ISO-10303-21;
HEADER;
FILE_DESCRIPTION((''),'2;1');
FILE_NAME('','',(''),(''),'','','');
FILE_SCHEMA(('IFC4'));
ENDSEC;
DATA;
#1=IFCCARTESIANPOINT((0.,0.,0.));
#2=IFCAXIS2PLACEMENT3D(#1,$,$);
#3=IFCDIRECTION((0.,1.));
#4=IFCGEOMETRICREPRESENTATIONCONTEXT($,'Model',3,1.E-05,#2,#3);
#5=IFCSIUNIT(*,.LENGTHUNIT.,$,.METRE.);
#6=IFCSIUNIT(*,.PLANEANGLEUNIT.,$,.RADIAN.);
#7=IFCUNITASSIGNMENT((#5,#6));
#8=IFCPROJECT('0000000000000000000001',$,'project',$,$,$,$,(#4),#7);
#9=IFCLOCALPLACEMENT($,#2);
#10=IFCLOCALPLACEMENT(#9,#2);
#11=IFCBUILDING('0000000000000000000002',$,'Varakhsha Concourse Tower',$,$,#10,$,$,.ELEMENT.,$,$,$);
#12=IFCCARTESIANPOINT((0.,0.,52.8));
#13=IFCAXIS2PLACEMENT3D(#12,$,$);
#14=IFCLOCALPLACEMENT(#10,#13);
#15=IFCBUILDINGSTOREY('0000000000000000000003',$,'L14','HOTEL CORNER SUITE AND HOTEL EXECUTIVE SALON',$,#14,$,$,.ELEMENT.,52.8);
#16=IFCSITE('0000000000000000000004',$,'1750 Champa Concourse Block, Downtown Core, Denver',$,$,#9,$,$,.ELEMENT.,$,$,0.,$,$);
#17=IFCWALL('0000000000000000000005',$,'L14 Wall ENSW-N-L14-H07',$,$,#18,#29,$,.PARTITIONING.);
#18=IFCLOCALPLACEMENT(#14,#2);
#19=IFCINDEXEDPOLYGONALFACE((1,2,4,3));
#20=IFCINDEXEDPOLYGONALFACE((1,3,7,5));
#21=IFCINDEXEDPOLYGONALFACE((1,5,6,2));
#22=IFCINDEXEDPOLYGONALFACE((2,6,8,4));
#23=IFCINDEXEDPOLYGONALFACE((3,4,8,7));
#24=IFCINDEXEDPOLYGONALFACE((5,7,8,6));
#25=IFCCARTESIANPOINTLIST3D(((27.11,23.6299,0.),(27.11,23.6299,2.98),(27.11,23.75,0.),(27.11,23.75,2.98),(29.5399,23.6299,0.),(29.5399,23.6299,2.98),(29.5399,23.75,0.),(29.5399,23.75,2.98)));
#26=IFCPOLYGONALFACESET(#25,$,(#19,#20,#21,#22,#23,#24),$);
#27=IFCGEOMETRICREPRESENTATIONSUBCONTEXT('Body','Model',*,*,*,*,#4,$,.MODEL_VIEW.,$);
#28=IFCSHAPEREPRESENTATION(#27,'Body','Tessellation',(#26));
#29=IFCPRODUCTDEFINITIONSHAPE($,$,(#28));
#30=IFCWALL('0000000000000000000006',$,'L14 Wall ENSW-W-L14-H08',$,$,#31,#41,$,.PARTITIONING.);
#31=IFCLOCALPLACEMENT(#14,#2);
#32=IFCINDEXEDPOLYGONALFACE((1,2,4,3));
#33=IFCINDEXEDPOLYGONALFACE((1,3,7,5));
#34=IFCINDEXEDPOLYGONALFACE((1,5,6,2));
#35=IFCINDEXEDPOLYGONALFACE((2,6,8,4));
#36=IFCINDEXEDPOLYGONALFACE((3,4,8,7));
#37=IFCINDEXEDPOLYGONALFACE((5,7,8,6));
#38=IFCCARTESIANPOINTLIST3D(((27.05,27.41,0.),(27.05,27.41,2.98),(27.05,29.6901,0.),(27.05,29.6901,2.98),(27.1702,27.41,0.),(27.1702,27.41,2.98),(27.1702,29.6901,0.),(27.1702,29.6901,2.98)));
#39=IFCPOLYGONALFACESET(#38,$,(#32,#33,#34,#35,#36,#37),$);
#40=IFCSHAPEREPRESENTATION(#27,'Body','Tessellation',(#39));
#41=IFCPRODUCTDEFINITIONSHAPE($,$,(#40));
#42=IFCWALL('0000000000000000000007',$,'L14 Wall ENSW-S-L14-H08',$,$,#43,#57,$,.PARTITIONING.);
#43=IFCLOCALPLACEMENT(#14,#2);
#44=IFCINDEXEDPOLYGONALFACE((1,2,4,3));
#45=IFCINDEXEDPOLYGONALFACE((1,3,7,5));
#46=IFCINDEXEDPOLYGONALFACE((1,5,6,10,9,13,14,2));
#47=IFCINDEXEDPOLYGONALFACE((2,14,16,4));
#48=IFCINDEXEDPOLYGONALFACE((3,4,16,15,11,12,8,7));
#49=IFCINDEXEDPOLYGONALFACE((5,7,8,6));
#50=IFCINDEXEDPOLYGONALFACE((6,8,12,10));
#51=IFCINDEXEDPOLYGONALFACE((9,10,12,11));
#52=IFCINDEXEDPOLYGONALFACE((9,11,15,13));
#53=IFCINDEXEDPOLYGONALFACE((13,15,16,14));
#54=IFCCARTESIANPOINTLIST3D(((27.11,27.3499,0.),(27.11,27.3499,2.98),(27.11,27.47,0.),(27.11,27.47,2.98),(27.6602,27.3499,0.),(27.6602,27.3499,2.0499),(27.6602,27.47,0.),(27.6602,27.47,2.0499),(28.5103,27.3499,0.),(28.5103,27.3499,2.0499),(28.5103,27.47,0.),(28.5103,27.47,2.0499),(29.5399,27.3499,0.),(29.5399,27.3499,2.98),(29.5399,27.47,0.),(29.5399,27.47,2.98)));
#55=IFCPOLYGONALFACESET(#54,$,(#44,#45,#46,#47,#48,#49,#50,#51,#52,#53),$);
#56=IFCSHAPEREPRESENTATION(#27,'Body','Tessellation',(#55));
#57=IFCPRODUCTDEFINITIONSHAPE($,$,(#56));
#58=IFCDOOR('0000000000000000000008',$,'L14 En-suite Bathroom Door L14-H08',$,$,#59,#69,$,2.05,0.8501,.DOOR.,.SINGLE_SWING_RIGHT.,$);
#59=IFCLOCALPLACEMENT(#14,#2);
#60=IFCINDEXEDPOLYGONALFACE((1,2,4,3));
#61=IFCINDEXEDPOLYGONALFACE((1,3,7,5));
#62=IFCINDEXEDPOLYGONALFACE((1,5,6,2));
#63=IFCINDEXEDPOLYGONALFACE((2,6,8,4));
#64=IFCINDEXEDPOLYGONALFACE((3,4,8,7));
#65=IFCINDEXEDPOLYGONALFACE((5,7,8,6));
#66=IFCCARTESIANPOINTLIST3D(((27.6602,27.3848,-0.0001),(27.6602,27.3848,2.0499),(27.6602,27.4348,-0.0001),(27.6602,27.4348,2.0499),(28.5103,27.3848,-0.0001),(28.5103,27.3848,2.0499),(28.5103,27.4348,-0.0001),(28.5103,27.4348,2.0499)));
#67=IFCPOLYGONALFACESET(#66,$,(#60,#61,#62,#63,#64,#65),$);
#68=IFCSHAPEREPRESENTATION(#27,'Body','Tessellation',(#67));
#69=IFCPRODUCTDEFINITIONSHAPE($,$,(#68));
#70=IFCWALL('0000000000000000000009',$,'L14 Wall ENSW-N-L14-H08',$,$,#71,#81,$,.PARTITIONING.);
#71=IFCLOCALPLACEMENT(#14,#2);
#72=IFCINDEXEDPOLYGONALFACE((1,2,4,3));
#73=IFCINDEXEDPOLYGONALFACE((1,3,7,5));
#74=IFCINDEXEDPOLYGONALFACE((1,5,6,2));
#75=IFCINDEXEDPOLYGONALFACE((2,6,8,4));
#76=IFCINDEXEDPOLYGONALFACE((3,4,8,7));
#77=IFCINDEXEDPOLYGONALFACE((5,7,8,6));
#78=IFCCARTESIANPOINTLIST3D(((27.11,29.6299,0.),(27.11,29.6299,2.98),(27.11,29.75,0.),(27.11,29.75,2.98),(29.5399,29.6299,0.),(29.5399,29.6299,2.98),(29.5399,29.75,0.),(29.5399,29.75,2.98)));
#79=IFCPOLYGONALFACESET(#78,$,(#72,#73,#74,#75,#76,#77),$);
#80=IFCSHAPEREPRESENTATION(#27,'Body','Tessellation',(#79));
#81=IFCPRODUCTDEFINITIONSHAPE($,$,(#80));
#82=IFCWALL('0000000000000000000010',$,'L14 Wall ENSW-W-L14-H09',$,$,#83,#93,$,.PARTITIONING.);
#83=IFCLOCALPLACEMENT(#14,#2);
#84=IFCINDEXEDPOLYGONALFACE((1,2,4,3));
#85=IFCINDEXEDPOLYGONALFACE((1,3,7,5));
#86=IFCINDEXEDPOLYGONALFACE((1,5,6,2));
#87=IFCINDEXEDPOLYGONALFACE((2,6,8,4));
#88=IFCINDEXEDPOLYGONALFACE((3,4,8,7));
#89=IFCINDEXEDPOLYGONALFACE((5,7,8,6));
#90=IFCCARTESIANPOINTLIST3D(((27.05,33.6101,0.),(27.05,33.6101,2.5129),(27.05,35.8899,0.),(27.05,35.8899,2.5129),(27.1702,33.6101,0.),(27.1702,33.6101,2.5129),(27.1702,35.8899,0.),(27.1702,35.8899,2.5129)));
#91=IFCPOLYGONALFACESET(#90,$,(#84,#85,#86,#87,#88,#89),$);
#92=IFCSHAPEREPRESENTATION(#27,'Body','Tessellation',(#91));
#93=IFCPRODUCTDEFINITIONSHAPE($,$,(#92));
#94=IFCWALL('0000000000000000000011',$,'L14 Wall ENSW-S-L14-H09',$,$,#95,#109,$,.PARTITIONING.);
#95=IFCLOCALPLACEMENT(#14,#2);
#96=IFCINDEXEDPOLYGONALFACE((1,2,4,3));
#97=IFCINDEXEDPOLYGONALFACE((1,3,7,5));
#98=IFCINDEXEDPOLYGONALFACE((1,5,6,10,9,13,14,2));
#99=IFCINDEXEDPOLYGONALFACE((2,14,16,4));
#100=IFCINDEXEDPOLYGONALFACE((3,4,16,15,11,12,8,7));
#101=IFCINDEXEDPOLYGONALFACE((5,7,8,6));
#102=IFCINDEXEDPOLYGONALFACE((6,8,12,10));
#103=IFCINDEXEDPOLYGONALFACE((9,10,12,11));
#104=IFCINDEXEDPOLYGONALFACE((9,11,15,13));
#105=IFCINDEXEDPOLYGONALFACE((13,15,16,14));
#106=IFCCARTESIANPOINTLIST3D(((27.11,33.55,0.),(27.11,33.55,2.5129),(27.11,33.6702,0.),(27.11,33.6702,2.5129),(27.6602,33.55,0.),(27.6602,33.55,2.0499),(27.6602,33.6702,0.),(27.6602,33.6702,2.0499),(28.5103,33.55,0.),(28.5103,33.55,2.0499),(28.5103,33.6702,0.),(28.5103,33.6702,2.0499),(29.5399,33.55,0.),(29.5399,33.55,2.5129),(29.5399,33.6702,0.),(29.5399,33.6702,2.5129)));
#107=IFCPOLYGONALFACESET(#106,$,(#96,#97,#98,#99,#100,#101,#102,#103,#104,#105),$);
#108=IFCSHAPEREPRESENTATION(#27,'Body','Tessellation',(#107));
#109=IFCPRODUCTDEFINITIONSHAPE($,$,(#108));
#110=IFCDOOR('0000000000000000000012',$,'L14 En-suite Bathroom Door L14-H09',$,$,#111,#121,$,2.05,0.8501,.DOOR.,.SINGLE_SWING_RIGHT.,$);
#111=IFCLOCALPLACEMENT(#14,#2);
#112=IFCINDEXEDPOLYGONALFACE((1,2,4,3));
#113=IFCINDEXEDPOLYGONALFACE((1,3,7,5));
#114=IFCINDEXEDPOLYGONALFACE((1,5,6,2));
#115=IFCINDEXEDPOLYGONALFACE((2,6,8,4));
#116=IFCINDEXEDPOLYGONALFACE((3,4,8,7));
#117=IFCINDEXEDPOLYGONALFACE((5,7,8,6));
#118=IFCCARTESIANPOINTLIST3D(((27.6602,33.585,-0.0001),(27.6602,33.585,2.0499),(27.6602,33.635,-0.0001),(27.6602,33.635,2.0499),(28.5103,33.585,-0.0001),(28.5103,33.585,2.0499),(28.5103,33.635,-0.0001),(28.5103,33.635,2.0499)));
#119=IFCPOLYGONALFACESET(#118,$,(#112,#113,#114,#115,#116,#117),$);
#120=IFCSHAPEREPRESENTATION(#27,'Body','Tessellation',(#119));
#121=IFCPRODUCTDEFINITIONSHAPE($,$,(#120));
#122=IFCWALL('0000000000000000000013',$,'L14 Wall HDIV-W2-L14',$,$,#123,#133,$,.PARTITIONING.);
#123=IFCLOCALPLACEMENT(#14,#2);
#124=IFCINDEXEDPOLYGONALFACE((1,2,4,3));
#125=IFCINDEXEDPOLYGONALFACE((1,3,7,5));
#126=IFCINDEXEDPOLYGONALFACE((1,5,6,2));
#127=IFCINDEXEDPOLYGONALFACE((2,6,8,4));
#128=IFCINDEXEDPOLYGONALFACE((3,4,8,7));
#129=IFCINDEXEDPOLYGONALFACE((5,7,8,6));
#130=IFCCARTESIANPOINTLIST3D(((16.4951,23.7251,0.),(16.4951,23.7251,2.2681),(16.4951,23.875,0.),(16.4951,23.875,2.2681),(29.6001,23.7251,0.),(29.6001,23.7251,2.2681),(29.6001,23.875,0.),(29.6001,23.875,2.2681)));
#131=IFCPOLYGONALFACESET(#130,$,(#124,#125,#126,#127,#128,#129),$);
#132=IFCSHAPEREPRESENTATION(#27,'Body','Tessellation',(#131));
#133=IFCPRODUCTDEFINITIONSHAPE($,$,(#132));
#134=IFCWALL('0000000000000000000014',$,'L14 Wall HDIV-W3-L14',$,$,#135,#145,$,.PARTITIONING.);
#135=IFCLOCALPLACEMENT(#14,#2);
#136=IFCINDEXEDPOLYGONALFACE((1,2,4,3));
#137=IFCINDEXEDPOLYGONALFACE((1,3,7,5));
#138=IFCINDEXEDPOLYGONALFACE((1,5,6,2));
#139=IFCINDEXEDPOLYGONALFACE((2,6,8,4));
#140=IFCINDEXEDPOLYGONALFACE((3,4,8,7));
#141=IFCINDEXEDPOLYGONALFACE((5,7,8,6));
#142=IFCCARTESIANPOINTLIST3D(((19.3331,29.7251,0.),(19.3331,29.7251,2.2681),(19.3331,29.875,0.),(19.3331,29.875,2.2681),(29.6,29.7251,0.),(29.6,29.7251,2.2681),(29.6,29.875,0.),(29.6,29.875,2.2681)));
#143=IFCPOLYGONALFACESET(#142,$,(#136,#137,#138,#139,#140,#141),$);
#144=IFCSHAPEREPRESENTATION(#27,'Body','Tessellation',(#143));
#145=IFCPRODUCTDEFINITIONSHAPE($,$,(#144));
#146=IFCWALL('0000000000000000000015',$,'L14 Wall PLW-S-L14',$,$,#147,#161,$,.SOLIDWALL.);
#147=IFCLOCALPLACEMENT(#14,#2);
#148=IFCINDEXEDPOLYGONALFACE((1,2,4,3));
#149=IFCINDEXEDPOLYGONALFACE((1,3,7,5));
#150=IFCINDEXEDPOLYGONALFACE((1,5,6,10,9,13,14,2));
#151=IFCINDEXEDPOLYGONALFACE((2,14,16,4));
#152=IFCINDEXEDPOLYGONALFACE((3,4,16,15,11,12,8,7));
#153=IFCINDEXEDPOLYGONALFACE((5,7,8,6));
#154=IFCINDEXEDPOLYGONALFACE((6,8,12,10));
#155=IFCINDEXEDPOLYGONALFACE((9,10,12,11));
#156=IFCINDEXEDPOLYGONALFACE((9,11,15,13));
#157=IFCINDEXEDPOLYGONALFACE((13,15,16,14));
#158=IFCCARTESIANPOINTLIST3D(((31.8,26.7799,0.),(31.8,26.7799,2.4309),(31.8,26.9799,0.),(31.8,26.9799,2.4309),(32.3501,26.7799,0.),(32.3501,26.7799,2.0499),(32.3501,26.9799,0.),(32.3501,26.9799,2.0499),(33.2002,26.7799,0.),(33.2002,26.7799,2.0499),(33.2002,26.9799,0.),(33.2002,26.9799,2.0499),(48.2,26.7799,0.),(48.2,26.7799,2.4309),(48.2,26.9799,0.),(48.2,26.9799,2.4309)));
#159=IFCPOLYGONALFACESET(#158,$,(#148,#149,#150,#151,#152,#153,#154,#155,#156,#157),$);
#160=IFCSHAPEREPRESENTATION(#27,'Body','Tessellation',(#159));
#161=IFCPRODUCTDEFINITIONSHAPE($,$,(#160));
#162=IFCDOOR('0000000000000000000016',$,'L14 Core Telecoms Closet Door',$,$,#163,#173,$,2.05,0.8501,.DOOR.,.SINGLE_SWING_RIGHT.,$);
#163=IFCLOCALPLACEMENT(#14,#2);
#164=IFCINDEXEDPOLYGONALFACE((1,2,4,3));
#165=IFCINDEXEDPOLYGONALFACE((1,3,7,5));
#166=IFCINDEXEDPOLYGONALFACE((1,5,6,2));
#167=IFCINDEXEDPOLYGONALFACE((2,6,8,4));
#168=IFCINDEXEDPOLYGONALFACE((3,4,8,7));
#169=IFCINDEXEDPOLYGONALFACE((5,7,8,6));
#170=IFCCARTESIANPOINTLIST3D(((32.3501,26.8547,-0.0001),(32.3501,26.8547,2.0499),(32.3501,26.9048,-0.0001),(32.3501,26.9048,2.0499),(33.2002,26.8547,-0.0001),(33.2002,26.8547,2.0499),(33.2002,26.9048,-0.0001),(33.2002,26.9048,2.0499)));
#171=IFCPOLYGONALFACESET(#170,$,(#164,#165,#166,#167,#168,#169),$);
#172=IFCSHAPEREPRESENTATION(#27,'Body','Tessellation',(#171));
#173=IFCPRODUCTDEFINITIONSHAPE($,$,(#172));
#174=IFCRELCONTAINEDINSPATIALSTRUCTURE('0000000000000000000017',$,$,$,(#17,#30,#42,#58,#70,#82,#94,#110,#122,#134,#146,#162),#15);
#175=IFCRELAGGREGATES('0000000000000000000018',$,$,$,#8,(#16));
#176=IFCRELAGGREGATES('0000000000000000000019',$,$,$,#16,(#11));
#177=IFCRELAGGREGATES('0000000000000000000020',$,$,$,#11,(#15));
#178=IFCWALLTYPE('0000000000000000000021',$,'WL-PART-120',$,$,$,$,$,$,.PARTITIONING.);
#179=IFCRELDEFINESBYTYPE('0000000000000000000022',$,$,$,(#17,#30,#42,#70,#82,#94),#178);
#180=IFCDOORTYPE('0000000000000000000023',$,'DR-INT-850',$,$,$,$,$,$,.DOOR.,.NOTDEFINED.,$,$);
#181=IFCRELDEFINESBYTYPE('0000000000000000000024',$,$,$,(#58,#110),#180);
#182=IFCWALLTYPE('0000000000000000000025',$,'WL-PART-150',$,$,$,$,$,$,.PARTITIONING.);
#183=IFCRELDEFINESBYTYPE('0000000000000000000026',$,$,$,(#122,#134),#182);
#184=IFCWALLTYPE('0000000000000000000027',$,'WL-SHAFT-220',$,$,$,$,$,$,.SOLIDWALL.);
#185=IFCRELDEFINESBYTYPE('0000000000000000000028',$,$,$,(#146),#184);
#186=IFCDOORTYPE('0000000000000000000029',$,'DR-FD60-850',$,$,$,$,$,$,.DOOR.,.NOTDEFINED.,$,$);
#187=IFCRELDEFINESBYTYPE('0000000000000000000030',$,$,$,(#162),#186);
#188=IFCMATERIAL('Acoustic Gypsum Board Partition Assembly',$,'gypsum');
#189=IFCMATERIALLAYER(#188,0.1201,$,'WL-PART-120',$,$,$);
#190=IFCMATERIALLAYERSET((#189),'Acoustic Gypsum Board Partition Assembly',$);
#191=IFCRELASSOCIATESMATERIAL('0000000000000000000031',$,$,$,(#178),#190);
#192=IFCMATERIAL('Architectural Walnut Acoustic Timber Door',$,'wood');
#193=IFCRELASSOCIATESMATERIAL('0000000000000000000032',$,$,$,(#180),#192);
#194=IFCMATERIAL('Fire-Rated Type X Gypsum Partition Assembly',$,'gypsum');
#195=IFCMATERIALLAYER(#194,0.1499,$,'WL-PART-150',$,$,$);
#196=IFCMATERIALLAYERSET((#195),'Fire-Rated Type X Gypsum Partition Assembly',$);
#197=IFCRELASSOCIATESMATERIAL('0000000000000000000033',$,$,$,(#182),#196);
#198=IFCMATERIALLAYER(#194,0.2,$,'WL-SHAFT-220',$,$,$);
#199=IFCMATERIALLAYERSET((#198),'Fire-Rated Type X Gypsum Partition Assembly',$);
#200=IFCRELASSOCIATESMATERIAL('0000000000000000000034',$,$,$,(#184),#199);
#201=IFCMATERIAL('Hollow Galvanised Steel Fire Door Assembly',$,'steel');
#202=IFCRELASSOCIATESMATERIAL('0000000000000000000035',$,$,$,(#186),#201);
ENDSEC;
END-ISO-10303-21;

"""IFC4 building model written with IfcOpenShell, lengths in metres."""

from ifc_helpers import new_model, si_unit, direction, frame, frame_2d, origin, place, context, subcontext, project, spatial, rectangle, extrude, material, layer, layer_set, type_object, element, fill, save


model = new_model("IFC4")

# Units and contexts
model_context = context("Model", 3, precision=1e-05, world=origin(), true_north=direction((0.0, 1.0)))
body_context = subcontext(model_context, "Body", "Model", "MODEL_VIEW")
ifc_project = project(units=[si_unit("LENGTHUNIT", "METRE"), si_unit("PLANEANGLEUNIT", "RADIAN")], contexts=[model_context])

# Site, building, storey
site_placement = place(None, origin())
site = spatial("IfcSite", under=ifc_project, at=site_placement, Name="1750 Champa Concourse Block, Downtown Core, Denver", CompositionType="ELEMENT", RefElevation=0.0)
building_placement = place(site_placement, origin())
building = spatial("IfcBuilding", under=site, at=building_placement, Name="Varakhsha Concourse Tower", CompositionType="ELEMENT")
storey_placement = place(building_placement, frame((0.0, 0.0, 52.8)))
storey = spatial("IfcBuildingStorey", under=building, at=storey_placement, Name="L14", Description="HOTEL CORNER SUITE AND HOTEL EXECUTIVE SALON", CompositionType="ELEMENT", Elevation=52.8)

# Walls
ifc_material_1 = material(Name="Acoustic Gypsum Board Partition Assembly", Category="gypsum")
ifc_layer_1 = layer(ifc_material_1, 0.1201, Name="WL-PART-120")
ifc_layer_set_1 = layer_set([ifc_layer_1], Name="Acoustic Gypsum Board Partition Assembly")
wall_type_1 = type_object("IfcWallType", Name="WL-PART-120", PredefinedType="PARTITIONING", material=ifc_layer_set_1)
wall_1_placement = place(storey_placement, frame((27.1101, 23.6899, 0.0), z_axis=(0.0, 0.0, 1.0), x_axis=(1.0, 0.0, 0.0)))
element("IfcWall", 1, at=wall_1_placement, inside=storey, type_object=wall_type_1, Name="L14 Wall ENSW-N-L14-H07", PredefinedType="PARTITIONING", context=body_context, shape_type="SweptSolid", body=[
    extrude(rectangle(XDim=2.4299, YDim=0.1201, at=frame_2d((1.2148, 0.0))), origin(), (0.0, 0.0, 1.0), 2.98),
])
wall_2_placement = place(storey_placement, frame((27.1101, 27.4099, 0.0), z_axis=(0.0, 0.0, 1.0), x_axis=(0.0, 1.0, 0.0)))
element("IfcWall", 2, at=wall_2_placement, inside=storey, type_object=wall_type_1, Name="L14 Wall ENSW-W-L14-H08", PredefinedType="PARTITIONING", context=body_context, shape_type="SweptSolid", body=[
    extrude(rectangle(XDim=2.28, YDim=0.1201, at=frame_2d((1.1401, 0.0))), origin(), (0.0, 0.0, 1.0), 2.98),
])

# Wall, opening, door
wall_3_placement = place(storey_placement, frame((27.1101, 27.4099, 0.0), z_axis=(0.0, 0.0, 1.0), x_axis=(1.0, 0.0, 0.0)))
wall_3 = element("IfcWall", 3, at=wall_3_placement, inside=storey, type_object=wall_type_1, Name="L14 Wall ENSW-S-L14-H08", PredefinedType="PARTITIONING", context=body_context, shape_type="SweptSolid", body=[
    extrude(rectangle(XDim=2.4299, YDim=0.1201, at=frame_2d((1.2148, 0.0))), origin(), (0.0, 0.0, 1.0), 2.98),
])
opening_1_placement = place(wall_3_placement, frame((0.55, 0.0, 0.0)))
opening_1 = element("IfcOpeningElement", 4, at=opening_1_placement, cuts=wall_3, PredefinedType="OPENING", context=body_context, shape_type="SweptSolid", body=[
    extrude(rectangle(XDim=0.8501, YDim=2.05, at=frame_2d((0.425, 1.0249))), frame((0.0, 0.0701, 0.0), z_axis=(0.0, -1.0, 0.0), x_axis=(1.0, 0.0, 0.0)), (0.0, 0.0, 1.0), 0.1401),
])
ifc_material_2 = material(Name="Architectural Walnut Acoustic Timber Door", Category="wood")
door_type_1 = type_object("IfcDoorType", Name="DR-INT-850", OperationType="NOTDEFINED", PredefinedType="DOOR", material=ifc_material_2)
door_1_placement = place(opening_1_placement, origin())
door_1 = element("IfcDoor", 5, at=door_1_placement, inside=storey, type_object=door_type_1, Name="L14 En-suite Bathroom Door L14-H08", OperationType="SINGLE_SWING_RIGHT", OverallHeight=2.05, OverallWidth=0.8501, PredefinedType="DOOR", context=body_context, shape_type="SweptSolid", body=[
    extrude(rectangle(XDim=0.8501, YDim=2.05, at=frame_2d((0.425, 1.0249))), frame((0.0, 0.0249, 0.0), z_axis=(0.0, -1.0, 0.0), x_axis=(1.0, 0.0, 0.0)), (0.0, 0.0, 1.0), 0.05),
])
fill(opening_1, door_1)

# Walls
wall_4_placement = place(storey_placement, frame((27.1101, 29.6899, 0.0), z_axis=(0.0, 0.0, 1.0), x_axis=(1.0, 0.0, 0.0)))
element("IfcWall", 6, at=wall_4_placement, inside=storey, type_object=wall_type_1, Name="L14 Wall ENSW-N-L14-H08", PredefinedType="PARTITIONING", context=body_context, shape_type="SweptSolid", body=[
    extrude(rectangle(XDim=2.4299, YDim=0.1201, at=frame_2d((1.2148, 0.0))), origin(), (0.0, 0.0, 1.0), 2.98),
])
wall_5_placement = place(storey_placement, frame((27.1101, 33.6101, 0.0), z_axis=(0.0, 0.0, 1.0), x_axis=(0.0, 1.0, 0.0)))
element("IfcWall", 7, at=wall_5_placement, inside=storey, type_object=wall_type_1, Name="L14 Wall ENSW-W-L14-H09", PredefinedType="PARTITIONING", context=body_context, shape_type="SweptSolid", body=[
    extrude(rectangle(XDim=2.2798, YDim=0.1201, at=frame_2d((1.1399, 0.0))), origin(), (0.0, 0.0, 1.0), 2.5129),
])

# Wall, opening, door
wall_6_placement = place(storey_placement, frame((27.1101, 33.6101, 0.0), z_axis=(0.0, 0.0, 1.0), x_axis=(1.0, 0.0, 0.0)))
wall_6 = element("IfcWall", 8, at=wall_6_placement, inside=storey, type_object=wall_type_1, Name="L14 Wall ENSW-S-L14-H09", PredefinedType="PARTITIONING", context=body_context, shape_type="SweptSolid", body=[
    extrude(rectangle(XDim=2.4299, YDim=0.1201, at=frame_2d((1.2148, 0.0))), origin(), (0.0, 0.0, 1.0), 2.5129),
])
opening_2_placement = place(wall_6_placement, frame((0.55, 0.0, 0.0)))
opening_2 = element("IfcOpeningElement", 9, at=opening_2_placement, cuts=wall_6, PredefinedType="OPENING", context=body_context, shape_type="SweptSolid", body=[
    extrude(rectangle(XDim=0.8501, YDim=2.05, at=frame_2d((0.425, 1.0249))), frame((0.0, 0.0701, 0.0), z_axis=(0.0, -1.0, 0.0), x_axis=(1.0, 0.0, 0.0)), (0.0, 0.0, 1.0), 0.1401),
])
door_2_placement = place(opening_2_placement, origin())
door_2 = element("IfcDoor", 10, at=door_2_placement, inside=storey, type_object=door_type_1, Name="L14 En-suite Bathroom Door L14-H09", OperationType="SINGLE_SWING_RIGHT", OverallHeight=2.05, OverallWidth=0.8501, PredefinedType="DOOR", context=body_context, shape_type="SweptSolid", body=[
    extrude(rectangle(XDim=0.8501, YDim=2.05, at=frame_2d((0.425, 1.0249))), frame((0.0, 0.0249, 0.0), z_axis=(0.0, -1.0, 0.0), x_axis=(1.0, 0.0, 0.0)), (0.0, 0.0, 1.0), 0.05),
])
fill(opening_2, door_2)

# Walls
ifc_material_3 = material(Name="Fire-Rated Type X Gypsum Partition Assembly", Category="gypsum")
ifc_layer_2 = layer(ifc_material_3, 0.1499, Name="WL-PART-150")
ifc_layer_set_2 = layer_set([ifc_layer_2], Name="Fire-Rated Type X Gypsum Partition Assembly")
wall_type_2 = type_object("IfcWallType", Name="WL-PART-150", PredefinedType="PARTITIONING", material=ifc_layer_set_2)
wall_7_placement = place(storey_placement, frame((16.4951, 23.8, 0.0), z_axis=(0.0, 0.0, 1.0), x_axis=(1.0, 0.0, 0.0)))
element("IfcWall", 11, at=wall_7_placement, inside=storey, type_object=wall_type_2, Name="L14 Wall HDIV-W2-L14", PredefinedType="PARTITIONING", context=body_context, shape_type="SweptSolid", body=[
    extrude(rectangle(XDim=13.105, YDim=0.1499, at=frame_2d((6.5525, 0.0))), origin(), (0.0, 0.0, 1.0), 2.2681),
])
wall_8_placement = place(storey_placement, frame((19.3333, 29.8, 0.0), z_axis=(0.0, 0.0, 1.0), x_axis=(1.0, 0.0, 0.0)))
element("IfcWall", 12, at=wall_8_placement, inside=storey, type_object=wall_type_2, Name="L14 Wall HDIV-W3-L14", PredefinedType="PARTITIONING", context=body_context, shape_type="SweptSolid", body=[
    extrude(rectangle(XDim=10.2668, YDim=0.1499, at=frame_2d((5.1333, 0.0))), origin(), (0.0, 0.0, 1.0), 2.2681),
])

# Wall, opening, door
ifc_layer_3 = layer(ifc_material_3, 0.2, Name="WL-SHAFT-220")
ifc_layer_set_3 = layer_set([ifc_layer_3], Name="Fire-Rated Type X Gypsum Partition Assembly")
wall_type_3 = type_object("IfcWallType", Name="WL-SHAFT-220", PredefinedType="SOLIDWALL", material=ifc_layer_set_3)
wall_9_placement = place(storey_placement, frame((31.8, 26.8799, 0.0), z_axis=(0.0, 0.0, 1.0), x_axis=(1.0, 0.0, 0.0)))
wall_9 = element("IfcWall", 13, at=wall_9_placement, inside=storey, type_object=wall_type_3, Name="L14 Wall PLW-S-L14", PredefinedType="SOLIDWALL", context=body_context, shape_type="SweptSolid", body=[
    extrude(rectangle(XDim=16.3999, YDim=0.2, at=frame_2d((8.2, 0.0))), origin(), (0.0, 0.0, 1.0), 2.4309),
])
opening_3_placement = place(wall_9_placement, frame((0.55, 0.0, 0.0)))
opening_3 = element("IfcOpeningElement", 14, at=opening_3_placement, cuts=wall_9, PredefinedType="OPENING", context=body_context, shape_type="SweptSolid", body=[
    extrude(rectangle(XDim=0.8501, YDim=2.05, at=frame_2d((0.425, 1.0249))), frame((0.0, 0.1099, 0.0), z_axis=(0.0, -1.0, 0.0), x_axis=(1.0, 0.0, 0.0)), (0.0, 0.0, 1.0), 0.22),
])
ifc_material_4 = material(Name="Hollow Galvanised Steel Fire Door Assembly", Category="steel")
door_type_2 = type_object("IfcDoorType", Name="DR-FD60-850", OperationType="NOTDEFINED", PredefinedType="DOOR", material=ifc_material_4)
door_3_placement = place(opening_3_placement, origin())
door_3 = element("IfcDoor", 15, at=door_3_placement, inside=storey, type_object=door_type_2, Name="L14 Core Telecoms Closet Door", OperationType="SINGLE_SWING_RIGHT", OverallHeight=2.05, OverallWidth=0.8501, PredefinedType="DOOR", context=body_context, shape_type="SweptSolid", body=[
    extrude(rectangle(XDim=0.8501, YDim=2.05, at=frame_2d((0.425, 1.0249))), frame((0.0, 0.0249, 0.0), z_axis=(0.0, -1.0, 0.0), x_axis=(1.0, 0.0, 0.0)), (0.0, 0.0, 1.0), 0.05),
])
fill(opening_3, door_3)

save(model, "model.ifc")
